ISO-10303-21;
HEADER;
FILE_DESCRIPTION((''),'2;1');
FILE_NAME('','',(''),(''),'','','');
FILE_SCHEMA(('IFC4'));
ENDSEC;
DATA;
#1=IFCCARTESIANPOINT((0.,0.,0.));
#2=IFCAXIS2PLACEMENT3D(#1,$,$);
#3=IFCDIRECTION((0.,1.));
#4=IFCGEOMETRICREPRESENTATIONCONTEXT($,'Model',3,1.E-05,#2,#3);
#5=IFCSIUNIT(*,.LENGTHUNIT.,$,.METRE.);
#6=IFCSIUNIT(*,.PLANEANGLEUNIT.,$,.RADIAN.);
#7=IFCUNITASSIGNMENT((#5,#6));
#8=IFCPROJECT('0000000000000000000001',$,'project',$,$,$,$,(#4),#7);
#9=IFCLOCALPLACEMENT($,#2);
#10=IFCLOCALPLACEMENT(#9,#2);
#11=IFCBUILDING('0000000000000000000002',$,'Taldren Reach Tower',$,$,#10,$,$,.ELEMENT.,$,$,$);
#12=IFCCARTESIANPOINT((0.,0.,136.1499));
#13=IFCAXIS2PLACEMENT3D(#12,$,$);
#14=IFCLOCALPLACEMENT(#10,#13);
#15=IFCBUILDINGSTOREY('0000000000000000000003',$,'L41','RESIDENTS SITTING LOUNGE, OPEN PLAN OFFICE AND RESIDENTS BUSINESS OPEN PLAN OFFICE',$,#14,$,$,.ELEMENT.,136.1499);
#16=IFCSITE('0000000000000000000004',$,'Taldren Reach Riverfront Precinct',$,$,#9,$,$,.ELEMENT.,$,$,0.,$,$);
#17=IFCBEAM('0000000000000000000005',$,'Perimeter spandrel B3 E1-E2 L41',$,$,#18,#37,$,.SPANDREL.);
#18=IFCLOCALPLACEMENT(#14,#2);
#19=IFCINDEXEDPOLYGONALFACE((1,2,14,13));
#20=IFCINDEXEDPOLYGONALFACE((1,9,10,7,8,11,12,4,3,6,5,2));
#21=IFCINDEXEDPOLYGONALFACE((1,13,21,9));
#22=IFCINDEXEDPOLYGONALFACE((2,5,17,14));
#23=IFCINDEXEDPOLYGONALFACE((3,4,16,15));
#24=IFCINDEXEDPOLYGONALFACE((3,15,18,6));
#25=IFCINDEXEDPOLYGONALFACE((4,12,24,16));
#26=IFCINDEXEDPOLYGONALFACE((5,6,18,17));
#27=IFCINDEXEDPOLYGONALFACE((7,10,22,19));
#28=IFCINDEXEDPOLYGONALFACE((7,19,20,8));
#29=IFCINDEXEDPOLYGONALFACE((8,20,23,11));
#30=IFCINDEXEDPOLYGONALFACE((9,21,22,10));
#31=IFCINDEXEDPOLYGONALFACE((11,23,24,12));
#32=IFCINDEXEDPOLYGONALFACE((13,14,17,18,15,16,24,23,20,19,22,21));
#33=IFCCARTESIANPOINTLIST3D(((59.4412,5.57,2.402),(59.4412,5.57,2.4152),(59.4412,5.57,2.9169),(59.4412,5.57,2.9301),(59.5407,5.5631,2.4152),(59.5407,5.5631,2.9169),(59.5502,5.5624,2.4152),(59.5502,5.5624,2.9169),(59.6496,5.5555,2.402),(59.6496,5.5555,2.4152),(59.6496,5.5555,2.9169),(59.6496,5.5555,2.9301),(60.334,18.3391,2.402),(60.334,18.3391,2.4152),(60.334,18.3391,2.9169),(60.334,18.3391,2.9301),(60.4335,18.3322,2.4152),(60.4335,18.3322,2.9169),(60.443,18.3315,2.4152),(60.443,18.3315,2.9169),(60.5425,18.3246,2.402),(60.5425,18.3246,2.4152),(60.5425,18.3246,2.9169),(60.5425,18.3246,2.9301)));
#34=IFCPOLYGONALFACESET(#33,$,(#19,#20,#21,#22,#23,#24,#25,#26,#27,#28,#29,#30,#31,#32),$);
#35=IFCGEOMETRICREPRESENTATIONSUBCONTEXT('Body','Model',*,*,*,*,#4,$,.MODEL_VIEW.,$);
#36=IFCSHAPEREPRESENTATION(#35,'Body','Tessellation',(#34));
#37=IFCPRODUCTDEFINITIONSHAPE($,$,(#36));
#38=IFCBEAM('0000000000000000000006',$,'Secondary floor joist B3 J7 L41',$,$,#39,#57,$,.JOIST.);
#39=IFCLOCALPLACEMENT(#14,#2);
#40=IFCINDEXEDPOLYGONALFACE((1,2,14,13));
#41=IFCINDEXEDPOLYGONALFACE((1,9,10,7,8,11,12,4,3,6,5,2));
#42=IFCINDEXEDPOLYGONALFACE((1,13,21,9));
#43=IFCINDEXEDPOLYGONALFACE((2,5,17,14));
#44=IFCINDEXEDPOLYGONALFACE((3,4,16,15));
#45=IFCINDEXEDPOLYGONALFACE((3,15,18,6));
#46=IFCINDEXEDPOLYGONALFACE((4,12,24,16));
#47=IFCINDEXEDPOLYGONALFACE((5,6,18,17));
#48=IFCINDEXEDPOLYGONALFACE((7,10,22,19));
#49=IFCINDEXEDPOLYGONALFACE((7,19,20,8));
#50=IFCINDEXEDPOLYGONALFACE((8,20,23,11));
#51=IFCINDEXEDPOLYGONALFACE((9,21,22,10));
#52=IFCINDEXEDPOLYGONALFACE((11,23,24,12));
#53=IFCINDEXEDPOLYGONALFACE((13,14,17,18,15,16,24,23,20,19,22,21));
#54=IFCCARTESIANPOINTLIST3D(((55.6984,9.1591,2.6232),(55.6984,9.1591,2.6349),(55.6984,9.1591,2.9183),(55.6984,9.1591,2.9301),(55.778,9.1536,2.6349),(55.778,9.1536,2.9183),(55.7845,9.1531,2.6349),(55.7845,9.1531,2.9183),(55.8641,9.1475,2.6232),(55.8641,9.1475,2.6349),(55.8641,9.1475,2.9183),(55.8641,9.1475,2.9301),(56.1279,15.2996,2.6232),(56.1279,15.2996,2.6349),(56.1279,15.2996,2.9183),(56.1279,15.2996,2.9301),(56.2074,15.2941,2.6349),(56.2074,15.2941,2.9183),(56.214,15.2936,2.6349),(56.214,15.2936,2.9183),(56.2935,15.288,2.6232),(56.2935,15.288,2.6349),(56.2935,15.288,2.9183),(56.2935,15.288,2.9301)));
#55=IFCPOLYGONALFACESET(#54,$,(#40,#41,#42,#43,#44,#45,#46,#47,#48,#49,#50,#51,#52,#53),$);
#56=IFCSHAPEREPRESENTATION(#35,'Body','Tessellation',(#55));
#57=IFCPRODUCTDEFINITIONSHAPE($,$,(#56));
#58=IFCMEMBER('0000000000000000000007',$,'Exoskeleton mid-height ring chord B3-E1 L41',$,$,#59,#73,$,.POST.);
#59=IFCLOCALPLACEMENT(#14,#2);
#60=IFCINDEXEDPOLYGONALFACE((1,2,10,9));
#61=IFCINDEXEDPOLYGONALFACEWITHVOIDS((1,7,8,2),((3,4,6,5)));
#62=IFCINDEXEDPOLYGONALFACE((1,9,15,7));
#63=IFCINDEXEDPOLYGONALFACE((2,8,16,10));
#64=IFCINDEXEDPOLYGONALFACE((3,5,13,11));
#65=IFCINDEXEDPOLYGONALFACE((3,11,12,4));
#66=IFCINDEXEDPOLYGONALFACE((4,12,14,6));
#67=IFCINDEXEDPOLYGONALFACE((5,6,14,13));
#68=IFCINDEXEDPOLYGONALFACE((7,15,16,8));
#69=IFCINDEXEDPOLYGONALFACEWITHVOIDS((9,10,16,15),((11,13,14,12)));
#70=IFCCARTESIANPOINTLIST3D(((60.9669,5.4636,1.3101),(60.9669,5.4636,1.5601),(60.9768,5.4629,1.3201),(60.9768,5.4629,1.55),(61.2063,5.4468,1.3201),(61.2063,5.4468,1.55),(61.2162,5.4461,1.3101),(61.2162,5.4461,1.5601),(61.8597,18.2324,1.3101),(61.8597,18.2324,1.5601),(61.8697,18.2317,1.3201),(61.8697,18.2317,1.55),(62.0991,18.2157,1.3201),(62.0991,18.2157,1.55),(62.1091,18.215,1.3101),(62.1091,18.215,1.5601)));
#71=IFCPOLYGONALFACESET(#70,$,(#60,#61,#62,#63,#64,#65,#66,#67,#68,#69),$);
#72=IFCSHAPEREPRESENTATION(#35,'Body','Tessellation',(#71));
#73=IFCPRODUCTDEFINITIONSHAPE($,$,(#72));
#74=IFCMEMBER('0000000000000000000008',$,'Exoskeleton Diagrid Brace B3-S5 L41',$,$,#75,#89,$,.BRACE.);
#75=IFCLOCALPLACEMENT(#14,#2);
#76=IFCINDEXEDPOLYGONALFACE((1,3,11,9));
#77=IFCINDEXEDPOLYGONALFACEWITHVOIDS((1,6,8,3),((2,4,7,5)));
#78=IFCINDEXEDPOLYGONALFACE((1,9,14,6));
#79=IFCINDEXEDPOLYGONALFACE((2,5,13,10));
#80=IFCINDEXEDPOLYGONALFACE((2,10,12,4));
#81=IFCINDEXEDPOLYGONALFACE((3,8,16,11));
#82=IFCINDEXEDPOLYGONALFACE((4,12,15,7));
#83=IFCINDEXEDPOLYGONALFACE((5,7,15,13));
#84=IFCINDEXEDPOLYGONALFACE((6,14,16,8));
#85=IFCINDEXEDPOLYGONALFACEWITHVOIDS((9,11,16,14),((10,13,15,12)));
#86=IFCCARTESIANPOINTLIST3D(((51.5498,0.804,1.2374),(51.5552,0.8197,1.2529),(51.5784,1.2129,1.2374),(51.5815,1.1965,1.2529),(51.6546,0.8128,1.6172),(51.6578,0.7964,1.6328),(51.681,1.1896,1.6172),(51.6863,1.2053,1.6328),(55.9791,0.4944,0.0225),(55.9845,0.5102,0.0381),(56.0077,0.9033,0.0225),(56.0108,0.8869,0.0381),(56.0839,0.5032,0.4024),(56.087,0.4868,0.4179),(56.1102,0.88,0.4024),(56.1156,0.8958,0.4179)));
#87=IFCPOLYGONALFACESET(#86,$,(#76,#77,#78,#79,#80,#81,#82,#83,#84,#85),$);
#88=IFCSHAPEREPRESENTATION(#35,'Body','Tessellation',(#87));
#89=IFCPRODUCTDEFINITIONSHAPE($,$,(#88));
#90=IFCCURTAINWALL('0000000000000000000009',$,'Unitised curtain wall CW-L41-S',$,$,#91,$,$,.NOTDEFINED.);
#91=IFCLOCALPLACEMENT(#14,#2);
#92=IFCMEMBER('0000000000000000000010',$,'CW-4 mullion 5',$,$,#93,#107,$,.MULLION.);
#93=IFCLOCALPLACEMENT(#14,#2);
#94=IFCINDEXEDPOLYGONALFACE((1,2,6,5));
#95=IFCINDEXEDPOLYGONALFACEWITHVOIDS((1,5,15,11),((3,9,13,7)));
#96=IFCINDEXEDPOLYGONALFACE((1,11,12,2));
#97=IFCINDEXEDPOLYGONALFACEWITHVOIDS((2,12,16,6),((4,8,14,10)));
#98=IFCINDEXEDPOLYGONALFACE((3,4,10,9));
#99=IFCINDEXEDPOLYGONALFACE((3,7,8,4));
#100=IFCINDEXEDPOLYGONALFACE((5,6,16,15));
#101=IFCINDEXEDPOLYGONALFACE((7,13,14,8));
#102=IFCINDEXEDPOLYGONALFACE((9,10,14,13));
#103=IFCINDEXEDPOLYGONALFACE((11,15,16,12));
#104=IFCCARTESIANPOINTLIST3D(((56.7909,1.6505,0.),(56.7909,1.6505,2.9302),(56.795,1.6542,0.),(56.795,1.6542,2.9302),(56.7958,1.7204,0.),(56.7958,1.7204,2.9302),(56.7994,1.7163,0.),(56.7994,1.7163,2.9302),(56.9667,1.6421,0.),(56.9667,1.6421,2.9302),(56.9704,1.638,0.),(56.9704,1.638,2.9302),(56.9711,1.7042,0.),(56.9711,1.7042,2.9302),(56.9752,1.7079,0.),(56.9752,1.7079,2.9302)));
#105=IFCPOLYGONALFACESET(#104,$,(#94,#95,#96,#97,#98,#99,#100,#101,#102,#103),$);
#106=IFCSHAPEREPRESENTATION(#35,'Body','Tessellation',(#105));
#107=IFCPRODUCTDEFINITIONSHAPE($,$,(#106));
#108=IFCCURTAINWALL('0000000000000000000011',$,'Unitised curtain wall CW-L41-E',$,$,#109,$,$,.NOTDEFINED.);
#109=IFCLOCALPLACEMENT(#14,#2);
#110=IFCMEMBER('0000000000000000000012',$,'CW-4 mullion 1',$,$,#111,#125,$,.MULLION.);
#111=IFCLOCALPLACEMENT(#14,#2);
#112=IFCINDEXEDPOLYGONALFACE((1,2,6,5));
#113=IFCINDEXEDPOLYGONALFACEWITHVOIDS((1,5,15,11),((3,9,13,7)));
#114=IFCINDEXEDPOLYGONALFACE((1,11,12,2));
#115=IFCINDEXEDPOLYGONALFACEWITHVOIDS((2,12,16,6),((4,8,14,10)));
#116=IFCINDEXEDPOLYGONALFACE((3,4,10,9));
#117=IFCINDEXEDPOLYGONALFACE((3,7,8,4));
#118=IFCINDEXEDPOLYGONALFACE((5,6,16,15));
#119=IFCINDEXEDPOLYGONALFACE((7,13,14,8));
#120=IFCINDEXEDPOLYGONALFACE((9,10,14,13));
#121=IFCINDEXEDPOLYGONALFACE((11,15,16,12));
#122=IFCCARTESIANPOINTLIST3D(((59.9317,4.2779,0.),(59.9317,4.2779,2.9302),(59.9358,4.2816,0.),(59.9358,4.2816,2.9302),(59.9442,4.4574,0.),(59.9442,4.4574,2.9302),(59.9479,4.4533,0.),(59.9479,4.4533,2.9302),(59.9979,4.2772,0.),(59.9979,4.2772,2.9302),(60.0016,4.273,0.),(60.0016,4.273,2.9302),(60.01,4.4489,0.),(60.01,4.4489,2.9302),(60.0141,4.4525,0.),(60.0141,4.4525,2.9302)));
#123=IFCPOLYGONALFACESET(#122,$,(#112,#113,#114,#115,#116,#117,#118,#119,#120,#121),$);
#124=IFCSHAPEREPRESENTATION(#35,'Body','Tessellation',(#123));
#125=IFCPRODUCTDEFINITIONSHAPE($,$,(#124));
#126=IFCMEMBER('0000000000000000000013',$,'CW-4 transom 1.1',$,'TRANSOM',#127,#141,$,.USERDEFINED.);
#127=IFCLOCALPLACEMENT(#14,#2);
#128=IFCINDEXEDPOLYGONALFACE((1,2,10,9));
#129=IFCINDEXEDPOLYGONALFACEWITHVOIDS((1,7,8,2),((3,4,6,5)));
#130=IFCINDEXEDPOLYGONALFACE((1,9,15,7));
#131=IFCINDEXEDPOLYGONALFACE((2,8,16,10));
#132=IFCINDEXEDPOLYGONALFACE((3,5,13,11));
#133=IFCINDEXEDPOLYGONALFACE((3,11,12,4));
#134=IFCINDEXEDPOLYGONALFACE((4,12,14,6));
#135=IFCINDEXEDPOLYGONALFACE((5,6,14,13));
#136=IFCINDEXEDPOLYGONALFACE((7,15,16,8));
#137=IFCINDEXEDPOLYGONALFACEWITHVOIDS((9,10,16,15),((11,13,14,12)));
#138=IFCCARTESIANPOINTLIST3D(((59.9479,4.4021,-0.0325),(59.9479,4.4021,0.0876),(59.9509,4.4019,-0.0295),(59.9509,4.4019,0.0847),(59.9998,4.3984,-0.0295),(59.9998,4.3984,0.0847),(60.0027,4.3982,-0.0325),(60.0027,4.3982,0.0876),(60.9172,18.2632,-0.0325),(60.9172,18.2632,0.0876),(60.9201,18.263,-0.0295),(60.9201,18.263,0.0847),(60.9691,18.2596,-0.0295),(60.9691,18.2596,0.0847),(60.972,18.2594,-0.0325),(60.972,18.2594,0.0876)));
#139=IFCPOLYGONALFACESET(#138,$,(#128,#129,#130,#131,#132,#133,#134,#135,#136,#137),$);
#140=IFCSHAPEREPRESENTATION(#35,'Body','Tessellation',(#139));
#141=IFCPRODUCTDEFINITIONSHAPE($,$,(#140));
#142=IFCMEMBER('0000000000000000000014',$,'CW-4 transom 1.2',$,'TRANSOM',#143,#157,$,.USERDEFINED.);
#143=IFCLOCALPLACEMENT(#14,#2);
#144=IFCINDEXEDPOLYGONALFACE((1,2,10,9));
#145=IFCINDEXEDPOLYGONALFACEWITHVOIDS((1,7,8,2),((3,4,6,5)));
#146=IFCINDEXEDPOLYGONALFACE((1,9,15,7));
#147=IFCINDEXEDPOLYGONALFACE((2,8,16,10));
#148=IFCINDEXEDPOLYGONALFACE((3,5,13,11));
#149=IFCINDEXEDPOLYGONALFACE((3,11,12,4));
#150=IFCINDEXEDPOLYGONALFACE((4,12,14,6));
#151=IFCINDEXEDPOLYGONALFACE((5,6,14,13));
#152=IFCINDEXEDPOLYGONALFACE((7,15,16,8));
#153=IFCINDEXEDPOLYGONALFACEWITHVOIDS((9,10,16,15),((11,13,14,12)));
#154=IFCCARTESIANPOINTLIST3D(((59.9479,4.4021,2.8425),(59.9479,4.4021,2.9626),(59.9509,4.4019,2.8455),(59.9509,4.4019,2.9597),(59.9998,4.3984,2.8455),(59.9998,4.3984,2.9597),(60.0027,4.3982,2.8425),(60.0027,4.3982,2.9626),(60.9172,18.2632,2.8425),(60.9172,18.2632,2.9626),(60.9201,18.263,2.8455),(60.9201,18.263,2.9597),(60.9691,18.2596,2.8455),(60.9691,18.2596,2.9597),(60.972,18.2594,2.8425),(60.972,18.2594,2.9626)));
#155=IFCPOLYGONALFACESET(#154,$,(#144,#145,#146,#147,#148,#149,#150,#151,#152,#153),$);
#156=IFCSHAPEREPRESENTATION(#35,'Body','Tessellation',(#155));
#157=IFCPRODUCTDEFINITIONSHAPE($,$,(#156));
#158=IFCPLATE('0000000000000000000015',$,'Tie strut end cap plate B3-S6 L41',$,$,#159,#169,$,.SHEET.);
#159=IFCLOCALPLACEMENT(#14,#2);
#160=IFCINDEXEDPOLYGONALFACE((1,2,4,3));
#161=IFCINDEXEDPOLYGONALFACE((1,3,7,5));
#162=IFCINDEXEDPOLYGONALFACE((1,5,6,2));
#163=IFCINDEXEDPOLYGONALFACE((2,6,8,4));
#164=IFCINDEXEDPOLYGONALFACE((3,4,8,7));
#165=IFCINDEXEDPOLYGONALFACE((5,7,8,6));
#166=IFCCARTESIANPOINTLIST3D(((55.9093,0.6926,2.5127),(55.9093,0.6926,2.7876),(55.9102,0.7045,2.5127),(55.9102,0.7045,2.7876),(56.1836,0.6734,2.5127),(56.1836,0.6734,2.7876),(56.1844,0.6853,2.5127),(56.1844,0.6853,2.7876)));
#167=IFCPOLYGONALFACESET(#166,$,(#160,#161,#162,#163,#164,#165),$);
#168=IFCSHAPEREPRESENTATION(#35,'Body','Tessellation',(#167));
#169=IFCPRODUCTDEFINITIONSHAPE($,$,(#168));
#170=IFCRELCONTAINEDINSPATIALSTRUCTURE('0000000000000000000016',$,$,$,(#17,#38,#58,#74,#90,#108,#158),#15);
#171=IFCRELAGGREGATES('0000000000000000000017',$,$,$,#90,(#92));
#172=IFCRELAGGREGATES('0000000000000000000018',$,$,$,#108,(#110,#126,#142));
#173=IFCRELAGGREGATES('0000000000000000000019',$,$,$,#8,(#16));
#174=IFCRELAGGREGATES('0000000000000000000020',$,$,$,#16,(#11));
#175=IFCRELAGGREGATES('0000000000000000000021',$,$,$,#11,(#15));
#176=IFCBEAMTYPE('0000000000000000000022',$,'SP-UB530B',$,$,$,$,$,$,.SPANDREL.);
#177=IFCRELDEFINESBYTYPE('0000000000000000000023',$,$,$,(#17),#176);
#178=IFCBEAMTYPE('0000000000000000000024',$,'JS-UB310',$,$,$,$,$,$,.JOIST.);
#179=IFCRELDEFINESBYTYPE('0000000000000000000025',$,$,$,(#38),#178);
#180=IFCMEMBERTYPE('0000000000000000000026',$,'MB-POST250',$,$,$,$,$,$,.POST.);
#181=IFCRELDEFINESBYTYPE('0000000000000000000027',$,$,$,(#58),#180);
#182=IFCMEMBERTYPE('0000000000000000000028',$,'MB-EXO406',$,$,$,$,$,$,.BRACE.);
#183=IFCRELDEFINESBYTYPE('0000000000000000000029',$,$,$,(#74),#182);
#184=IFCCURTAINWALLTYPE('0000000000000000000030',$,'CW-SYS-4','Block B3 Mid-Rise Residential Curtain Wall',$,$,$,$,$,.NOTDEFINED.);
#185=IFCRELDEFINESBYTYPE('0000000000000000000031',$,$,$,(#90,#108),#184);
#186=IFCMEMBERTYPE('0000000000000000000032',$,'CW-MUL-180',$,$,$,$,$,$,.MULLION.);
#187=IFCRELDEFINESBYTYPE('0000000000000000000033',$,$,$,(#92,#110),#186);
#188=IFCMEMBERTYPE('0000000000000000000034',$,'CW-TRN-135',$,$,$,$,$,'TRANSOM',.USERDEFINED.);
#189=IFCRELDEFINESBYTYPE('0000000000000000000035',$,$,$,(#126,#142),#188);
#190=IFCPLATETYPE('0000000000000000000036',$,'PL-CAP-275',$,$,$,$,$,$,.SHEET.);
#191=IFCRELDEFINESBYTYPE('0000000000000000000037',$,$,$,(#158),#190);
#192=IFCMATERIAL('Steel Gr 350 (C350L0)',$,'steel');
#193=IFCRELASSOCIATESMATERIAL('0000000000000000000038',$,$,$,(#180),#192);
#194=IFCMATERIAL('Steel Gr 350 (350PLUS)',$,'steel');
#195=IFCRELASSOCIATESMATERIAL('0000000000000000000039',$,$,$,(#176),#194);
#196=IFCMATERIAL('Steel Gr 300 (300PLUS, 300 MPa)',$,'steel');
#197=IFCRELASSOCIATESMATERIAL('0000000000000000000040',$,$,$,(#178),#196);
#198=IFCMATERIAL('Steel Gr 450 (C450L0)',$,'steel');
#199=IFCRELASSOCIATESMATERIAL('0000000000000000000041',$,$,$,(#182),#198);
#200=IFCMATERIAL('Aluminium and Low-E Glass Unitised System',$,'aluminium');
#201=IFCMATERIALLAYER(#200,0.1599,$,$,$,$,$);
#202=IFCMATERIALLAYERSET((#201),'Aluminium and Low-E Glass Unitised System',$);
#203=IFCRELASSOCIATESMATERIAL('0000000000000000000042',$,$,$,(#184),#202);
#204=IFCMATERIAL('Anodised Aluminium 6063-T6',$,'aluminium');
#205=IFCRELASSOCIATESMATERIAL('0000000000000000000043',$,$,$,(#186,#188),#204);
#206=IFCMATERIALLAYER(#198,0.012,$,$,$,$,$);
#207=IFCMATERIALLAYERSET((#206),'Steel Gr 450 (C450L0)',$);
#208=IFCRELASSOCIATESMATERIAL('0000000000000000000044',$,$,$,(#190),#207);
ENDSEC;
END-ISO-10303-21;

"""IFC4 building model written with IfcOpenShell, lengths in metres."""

from ifc_helpers import new_model, si_unit, direction, frame, origin, origin_2d, place, context, subcontext, project, spatial, rectangle, hollow_rectangle, i_section, extrude, source, transform, mapped, material, layer, layer_set, material_profile, profile_set, type_object, element, aggregate, save


model = new_model("IFC4")

# Units and contexts
model_context = context("Model", 3, precision=1e-05, world=origin(), true_north=direction((0.0, 1.0)))
body_context = subcontext(model_context, "Body", "Model", "MODEL_VIEW")
ifc_project = project(units=[si_unit("LENGTHUNIT", "METRE"), si_unit("PLANEANGLEUNIT", "RADIAN")], contexts=[model_context])

# Site, building, storey
site_placement = place(None, origin())
site = spatial("IfcSite", under=ifc_project, at=site_placement, Name="Taldren Reach Riverfront Precinct", CompositionType="ELEMENT", RefElevation=0.0)
building_placement = place(site_placement, origin())
building = spatial("IfcBuilding", under=site, at=building_placement, Name="Taldren Reach Tower", CompositionType="ELEMENT")
storey_placement = place(building_placement, frame((0.0, 0.0, 136.1499)))
storey = spatial("IfcBuildingStorey", under=building, at=storey_placement, Name="L41", Description="RESIDENTS SITTING LOUNGE, OPEN PLAN OFFICE AND RESIDENTS BUSINESS OPEN PLAN OFFICE", CompositionType="ELEMENT", Elevation=136.1499)

# Shared definitions
ifc_material_1 = material(Name="Steel Gr 450 (C450L0)", Category="steel")
ifc_material_2 = material(Name="Steel Gr 350 (350PLUS)", Category="steel")

# Shared definitions
ifc_material_3 = material(Name="Steel Gr 350 (C350L0)", Category="steel")
ifc_material_profile_1 = material_profile(ifc_material_3, hollow_rectangle(XDim=0.25, YDim=0.25, WallThickness=0.01, at=origin_2d()), Name="250x250x10.0SHS")
ifc_profile_set_1 = profile_set([ifc_material_profile_1], Name="Steel Gr 350 (C350L0)")
member_type_1 = type_object("IfcMemberType", Name="MB-POST250", PredefinedType="POST", material=ifc_profile_set_1)

# Beams
ifc_material_profile_2 = material_profile(ifc_material_2, i_section(OverallWidth=0.209, OverallDepth=0.5281, WebThickness=0.0095, FlangeThickness=0.0132, at=origin_2d()), Name="530UB82.0")
ifc_profile_set_2 = profile_set([ifc_material_profile_2], Name="Steel Gr 350 (350PLUS)")
beam_type_1 = type_object("IfcBeamType", Name="SP-UB530B", PredefinedType="SPANDREL", material=ifc_profile_set_2)
shared_shape_1 = source(origin(), body_context, "Body", "SweptSolid", [
    extrude(i_section(OverallWidth=0.209, OverallDepth=0.5281, WebThickness=0.0095, FlangeThickness=0.0132, at=origin_2d()), origin(), (0.0, 0.0, 1.0), 12.8003),
])
beam_1_placement = place(storey_placement, frame((59.5454, 5.5627, 2.666), z_axis=(0.069751, 0.997564, 0.0), x_axis=(-0.997564, 0.069751, 0.0)))
element("IfcBeam", 1, at=beam_1_placement, inside=storey, type_object=beam_type_1, Name="Perimeter spandrel B3 E1-E2 L41", PredefinedType="SPANDREL", context=body_context, shape_type="MappedRepresentation", body=[
    mapped(shared_shape_1, transform((0.0, 0.0, 0.0), scale=1.0)),
])
ifc_material_4 = material(Name="Steel Gr 300 (300PLUS, 300 MPa)", Category="steel")
ifc_material_profile_3 = material_profile(ifc_material_4, i_section(OverallWidth=0.166, OverallDepth=0.3069, WebThickness=0.0066, FlangeThickness=0.0117, at=origin_2d()), Name="310UB46.2")
ifc_profile_set_3 = profile_set([ifc_material_profile_3], Name="Steel Gr 300 (300PLUS, 300 MPa)")
beam_type_2 = type_object("IfcBeamType", Name="JS-UB310", PredefinedType="JOIST", material=ifc_profile_set_3)
shared_shape_2 = source(origin(), body_context, "Body", "SweptSolid", [
    extrude(i_section(OverallWidth=0.166, OverallDepth=0.3069, WebThickness=0.0066, FlangeThickness=0.0117, at=origin_2d()), origin(), (0.0, 0.0, 1.0), 6.1555),
])
beam_2_placement = place(storey_placement, frame((55.7812, 9.1533, 2.7766), z_axis=(0.069764, 0.997563, 0.0), x_axis=(-0.997563, 0.069764, 0.0)))
element("IfcBeam", 2, at=beam_2_placement, inside=storey, type_object=beam_type_2, Name="Secondary floor joist B3 J7 L41", PredefinedType="JOIST", context=body_context, shape_type="MappedRepresentation", body=[
    mapped(shared_shape_2, transform((0.0, 0.0, 0.0), scale=1.0)),
])

# Members
shared_shape_3 = source(origin(), body_context, "Body", "SweptSolid", [
    extrude(hollow_rectangle(XDim=0.25, YDim=0.25, WallThickness=0.01, at=origin_2d()), origin(), (0.0, 0.0, 1.0), 12.8),
])
member_1_placement = place(storey_placement, frame((61.0916, 5.4548, 1.4351), z_axis=(0.069752, 0.997564, 0.0), x_axis=(-0.997564, 0.069752, 0.0)))
element("IfcMember", 3, at=member_1_placement, inside=storey, type_object=member_type_1, Name="Exoskeleton mid-height ring chord B3-E1 L41", PredefinedType="POST", context=body_context, shape_type="MappedRepresentation", body=[
    mapped(shared_shape_3, transform((0.0, 0.0, 0.0), scale=1.0)),
])
ifc_material_profile_4 = material_profile(ifc_material_1, hollow_rectangle(XDim=0.4099, YDim=0.4099, WallThickness=0.0161, at=origin_2d()), Name="410x410x16.0SHS")
ifc_profile_set_4 = profile_set([ifc_material_profile_4], Name="Steel Gr 450 (C450L0)")
member_type_2 = type_object("IfcMemberType", Name="MB-EXO406", PredefinedType="BRACE", material=ifc_profile_set_4)
shared_shape_4 = source(origin(), body_context, "Body", "SweptSolid", [
    extrude(hollow_rectangle(XDim=0.4099, YDim=0.4099, WallThickness=0.0161, at=origin_2d()), origin(), (0.0, 0.0, 1.0), 4.6033),
])
member_2_placement = place(storey_placement, frame((56.0474, 0.6951, 0.2202), z_axis=(-0.962199, 0.067251, 0.263913), x_axis=(-0.069723, -0.997566, 0.0)))
element("IfcMember", 4, at=member_2_placement, inside=storey, type_object=member_type_2, Name="Exoskeleton Diagrid Brace B3-S5 L41", PredefinedType="BRACE", context=body_context, shape_type="MappedRepresentation", body=[
    mapped(shared_shape_4, transform((0.0, 0.0, 0.0), scale=1.0)),
])

# Curtain wall, member
ifc_material_5 = material(Name="Aluminium and Low-E Glass Unitised System", Category="aluminium")
ifc_layer_1 = layer(ifc_material_5, 0.1599)
ifc_layer_set_1 = layer_set([ifc_layer_1], Name="Aluminium and Low-E Glass Unitised System")
curtain_wall_type = type_object("IfcCurtainWallType", Name="CW-SYS-4", Description="Block B3 Mid-Rise Residential Curtain Wall", PredefinedType="NOTDEFINED", material=ifc_layer_set_1)
curtain_wall_1_placement = place(storey_placement, origin())
curtain_wall_1 = element("IfcCurtainWall", 5, at=curtain_wall_1_placement, inside=storey, type_object=curtain_wall_type, Name="Unitised curtain wall CW-L41-S", PredefinedType="NOTDEFINED")
ifc_material_6 = material(Name="Anodised Aluminium 6063-T6", Category="aluminium")
ifc_material_profile_5 = material_profile(ifc_material_6, hollow_rectangle(XDim=0.0701, YDim=0.1799, WallThickness=0.0039, at=origin_2d()), Name="ALU-180x70x4RHS")
ifc_profile_set_5 = profile_set([ifc_material_profile_5], Name="Anodised Aluminium 6063-T6")
member_type_3 = type_object("IfcMemberType", Name="CW-MUL-180", PredefinedType="MULLION", material=ifc_profile_set_5)
shared_shape_5 = source(origin(), body_context, "Body", "SweptSolid", [
    extrude(hollow_rectangle(XDim=0.0701, YDim=0.1799, WallThickness=0.0039, at=origin_2d()), origin(), (0.0, 0.0, 1.0), 2.9302),
])
member_3_placement = place(storey_placement, frame((56.8831, 1.6792, 0.0), z_axis=(0.0, 0.0, 1.0), x_axis=(0.069757, 0.997564, 0.0)))
member_3 = element("IfcMember", 6, at=member_3_placement, type_object=member_type_3, Name="CW-4 mullion 5", PredefinedType="MULLION", context=body_context, shape_type="MappedRepresentation", body=[
    mapped(shared_shape_5, transform((0.0, 0.0, 0.0), scale=1.0)),
])

# Curtain wall, members
curtain_wall_2_placement = place(storey_placement, origin())
curtain_wall_2 = element("IfcCurtainWall", 7, at=curtain_wall_2_placement, inside=storey, type_object=curtain_wall_type, Name="Unitised curtain wall CW-L41-E", PredefinedType="NOTDEFINED")
member_4_placement = place(storey_placement, frame((59.9729, 4.3652, 0.0), z_axis=(0.0, 0.0, 1.0), x_axis=(-0.997564, 0.069756, 0.0)))
member_4 = element("IfcMember", 8, at=member_4_placement, type_object=member_type_3, Name="CW-4 mullion 1", PredefinedType="MULLION", context=body_context, shape_type="MappedRepresentation", body=[
    mapped(shared_shape_5, transform((0.0, 0.0, 0.0), scale=1.0)),
])
ifc_material_profile_6 = material_profile(ifc_material_6, hollow_rectangle(XDim=0.0549, YDim=0.1201, WallThickness=0.0029, at=origin_2d()), Name="ALU-120x55x3RHS")
ifc_profile_set_6 = profile_set([ifc_material_profile_6], Name="Anodised Aluminium 6063-T6")
member_type_4 = type_object("IfcMemberType", Name="CW-TRN-135", ElementType="TRANSOM", PredefinedType="USERDEFINED", material=ifc_profile_set_6)
shared_shape_6 = source(origin(), body_context, "Body", "SweptSolid", [
    extrude(hollow_rectangle(XDim=0.0549, YDim=0.1201, WallThickness=0.0029, at=origin_2d()), origin(), (0.0, 0.0, 1.0), 13.895),
])
member_5_placement = place(storey_placement, frame((59.9753, 4.4001, 0.0276), z_axis=(0.069755, 0.997564, 0.0), x_axis=(-0.997564, 0.069755, 0.0)))
member_5 = element("IfcMember", 9, at=member_5_placement, type_object=member_type_4, Name="CW-4 transom 1.1", ObjectType="TRANSOM", PredefinedType="USERDEFINED", context=body_context, shape_type="MappedRepresentation", body=[
    mapped(shared_shape_6, transform((0.0, 0.0, 0.0), scale=1.0)),
])
member_6_placement = place(storey_placement, frame((59.9753, 4.4001, 2.9026), z_axis=(0.069755, 0.997564, 0.0), x_axis=(-0.997564, 0.069755, 0.0)))
member_6 = element("IfcMember", 10, at=member_6_placement, type_object=member_type_4, Name="CW-4 transom 1.2", ObjectType="TRANSOM", PredefinedType="USERDEFINED", context=body_context, shape_type="MappedRepresentation", body=[
    mapped(shared_shape_6, transform((0.0, 0.0, 0.0), scale=1.0)),
])

# Plate
ifc_layer_2 = layer(ifc_material_1, 0.012)
ifc_layer_set_2 = layer_set([ifc_layer_2], Name="Steel Gr 450 (C450L0)")
plate_type_1 = type_object("IfcPlateType", Name="PL-CAP-275", PredefinedType="SHEET", material=ifc_layer_set_2)
shared_shape_7 = source(origin(), body_context, "Body", "SweptSolid", [
    extrude(rectangle(XDim=0.2749, YDim=0.012, at=origin_2d()), origin(), (0.0, 0.0, 1.0), 0.2749),
])
plate_1_placement = place(storey_placement, frame((56.0469, 0.689, 2.5127), z_axis=(0.0, 0.0, 1.0), x_axis=(0.997564, -0.069756, 0.0)))
element("IfcPlate", 11, at=plate_1_placement, inside=storey, type_object=plate_type_1, Name="Tie strut end cap plate B3-S6 L41", PredefinedType="SHEET", context=body_context, shape_type="MappedRepresentation", body=[
    mapped(shared_shape_7, transform((0.0, 0.0, 0.0), scale=1.0)),
])

aggregate(curtain_wall_1, [member_3])
aggregate(curtain_wall_2, [member_4, member_5, member_6])

save(model, "model.ifc")
